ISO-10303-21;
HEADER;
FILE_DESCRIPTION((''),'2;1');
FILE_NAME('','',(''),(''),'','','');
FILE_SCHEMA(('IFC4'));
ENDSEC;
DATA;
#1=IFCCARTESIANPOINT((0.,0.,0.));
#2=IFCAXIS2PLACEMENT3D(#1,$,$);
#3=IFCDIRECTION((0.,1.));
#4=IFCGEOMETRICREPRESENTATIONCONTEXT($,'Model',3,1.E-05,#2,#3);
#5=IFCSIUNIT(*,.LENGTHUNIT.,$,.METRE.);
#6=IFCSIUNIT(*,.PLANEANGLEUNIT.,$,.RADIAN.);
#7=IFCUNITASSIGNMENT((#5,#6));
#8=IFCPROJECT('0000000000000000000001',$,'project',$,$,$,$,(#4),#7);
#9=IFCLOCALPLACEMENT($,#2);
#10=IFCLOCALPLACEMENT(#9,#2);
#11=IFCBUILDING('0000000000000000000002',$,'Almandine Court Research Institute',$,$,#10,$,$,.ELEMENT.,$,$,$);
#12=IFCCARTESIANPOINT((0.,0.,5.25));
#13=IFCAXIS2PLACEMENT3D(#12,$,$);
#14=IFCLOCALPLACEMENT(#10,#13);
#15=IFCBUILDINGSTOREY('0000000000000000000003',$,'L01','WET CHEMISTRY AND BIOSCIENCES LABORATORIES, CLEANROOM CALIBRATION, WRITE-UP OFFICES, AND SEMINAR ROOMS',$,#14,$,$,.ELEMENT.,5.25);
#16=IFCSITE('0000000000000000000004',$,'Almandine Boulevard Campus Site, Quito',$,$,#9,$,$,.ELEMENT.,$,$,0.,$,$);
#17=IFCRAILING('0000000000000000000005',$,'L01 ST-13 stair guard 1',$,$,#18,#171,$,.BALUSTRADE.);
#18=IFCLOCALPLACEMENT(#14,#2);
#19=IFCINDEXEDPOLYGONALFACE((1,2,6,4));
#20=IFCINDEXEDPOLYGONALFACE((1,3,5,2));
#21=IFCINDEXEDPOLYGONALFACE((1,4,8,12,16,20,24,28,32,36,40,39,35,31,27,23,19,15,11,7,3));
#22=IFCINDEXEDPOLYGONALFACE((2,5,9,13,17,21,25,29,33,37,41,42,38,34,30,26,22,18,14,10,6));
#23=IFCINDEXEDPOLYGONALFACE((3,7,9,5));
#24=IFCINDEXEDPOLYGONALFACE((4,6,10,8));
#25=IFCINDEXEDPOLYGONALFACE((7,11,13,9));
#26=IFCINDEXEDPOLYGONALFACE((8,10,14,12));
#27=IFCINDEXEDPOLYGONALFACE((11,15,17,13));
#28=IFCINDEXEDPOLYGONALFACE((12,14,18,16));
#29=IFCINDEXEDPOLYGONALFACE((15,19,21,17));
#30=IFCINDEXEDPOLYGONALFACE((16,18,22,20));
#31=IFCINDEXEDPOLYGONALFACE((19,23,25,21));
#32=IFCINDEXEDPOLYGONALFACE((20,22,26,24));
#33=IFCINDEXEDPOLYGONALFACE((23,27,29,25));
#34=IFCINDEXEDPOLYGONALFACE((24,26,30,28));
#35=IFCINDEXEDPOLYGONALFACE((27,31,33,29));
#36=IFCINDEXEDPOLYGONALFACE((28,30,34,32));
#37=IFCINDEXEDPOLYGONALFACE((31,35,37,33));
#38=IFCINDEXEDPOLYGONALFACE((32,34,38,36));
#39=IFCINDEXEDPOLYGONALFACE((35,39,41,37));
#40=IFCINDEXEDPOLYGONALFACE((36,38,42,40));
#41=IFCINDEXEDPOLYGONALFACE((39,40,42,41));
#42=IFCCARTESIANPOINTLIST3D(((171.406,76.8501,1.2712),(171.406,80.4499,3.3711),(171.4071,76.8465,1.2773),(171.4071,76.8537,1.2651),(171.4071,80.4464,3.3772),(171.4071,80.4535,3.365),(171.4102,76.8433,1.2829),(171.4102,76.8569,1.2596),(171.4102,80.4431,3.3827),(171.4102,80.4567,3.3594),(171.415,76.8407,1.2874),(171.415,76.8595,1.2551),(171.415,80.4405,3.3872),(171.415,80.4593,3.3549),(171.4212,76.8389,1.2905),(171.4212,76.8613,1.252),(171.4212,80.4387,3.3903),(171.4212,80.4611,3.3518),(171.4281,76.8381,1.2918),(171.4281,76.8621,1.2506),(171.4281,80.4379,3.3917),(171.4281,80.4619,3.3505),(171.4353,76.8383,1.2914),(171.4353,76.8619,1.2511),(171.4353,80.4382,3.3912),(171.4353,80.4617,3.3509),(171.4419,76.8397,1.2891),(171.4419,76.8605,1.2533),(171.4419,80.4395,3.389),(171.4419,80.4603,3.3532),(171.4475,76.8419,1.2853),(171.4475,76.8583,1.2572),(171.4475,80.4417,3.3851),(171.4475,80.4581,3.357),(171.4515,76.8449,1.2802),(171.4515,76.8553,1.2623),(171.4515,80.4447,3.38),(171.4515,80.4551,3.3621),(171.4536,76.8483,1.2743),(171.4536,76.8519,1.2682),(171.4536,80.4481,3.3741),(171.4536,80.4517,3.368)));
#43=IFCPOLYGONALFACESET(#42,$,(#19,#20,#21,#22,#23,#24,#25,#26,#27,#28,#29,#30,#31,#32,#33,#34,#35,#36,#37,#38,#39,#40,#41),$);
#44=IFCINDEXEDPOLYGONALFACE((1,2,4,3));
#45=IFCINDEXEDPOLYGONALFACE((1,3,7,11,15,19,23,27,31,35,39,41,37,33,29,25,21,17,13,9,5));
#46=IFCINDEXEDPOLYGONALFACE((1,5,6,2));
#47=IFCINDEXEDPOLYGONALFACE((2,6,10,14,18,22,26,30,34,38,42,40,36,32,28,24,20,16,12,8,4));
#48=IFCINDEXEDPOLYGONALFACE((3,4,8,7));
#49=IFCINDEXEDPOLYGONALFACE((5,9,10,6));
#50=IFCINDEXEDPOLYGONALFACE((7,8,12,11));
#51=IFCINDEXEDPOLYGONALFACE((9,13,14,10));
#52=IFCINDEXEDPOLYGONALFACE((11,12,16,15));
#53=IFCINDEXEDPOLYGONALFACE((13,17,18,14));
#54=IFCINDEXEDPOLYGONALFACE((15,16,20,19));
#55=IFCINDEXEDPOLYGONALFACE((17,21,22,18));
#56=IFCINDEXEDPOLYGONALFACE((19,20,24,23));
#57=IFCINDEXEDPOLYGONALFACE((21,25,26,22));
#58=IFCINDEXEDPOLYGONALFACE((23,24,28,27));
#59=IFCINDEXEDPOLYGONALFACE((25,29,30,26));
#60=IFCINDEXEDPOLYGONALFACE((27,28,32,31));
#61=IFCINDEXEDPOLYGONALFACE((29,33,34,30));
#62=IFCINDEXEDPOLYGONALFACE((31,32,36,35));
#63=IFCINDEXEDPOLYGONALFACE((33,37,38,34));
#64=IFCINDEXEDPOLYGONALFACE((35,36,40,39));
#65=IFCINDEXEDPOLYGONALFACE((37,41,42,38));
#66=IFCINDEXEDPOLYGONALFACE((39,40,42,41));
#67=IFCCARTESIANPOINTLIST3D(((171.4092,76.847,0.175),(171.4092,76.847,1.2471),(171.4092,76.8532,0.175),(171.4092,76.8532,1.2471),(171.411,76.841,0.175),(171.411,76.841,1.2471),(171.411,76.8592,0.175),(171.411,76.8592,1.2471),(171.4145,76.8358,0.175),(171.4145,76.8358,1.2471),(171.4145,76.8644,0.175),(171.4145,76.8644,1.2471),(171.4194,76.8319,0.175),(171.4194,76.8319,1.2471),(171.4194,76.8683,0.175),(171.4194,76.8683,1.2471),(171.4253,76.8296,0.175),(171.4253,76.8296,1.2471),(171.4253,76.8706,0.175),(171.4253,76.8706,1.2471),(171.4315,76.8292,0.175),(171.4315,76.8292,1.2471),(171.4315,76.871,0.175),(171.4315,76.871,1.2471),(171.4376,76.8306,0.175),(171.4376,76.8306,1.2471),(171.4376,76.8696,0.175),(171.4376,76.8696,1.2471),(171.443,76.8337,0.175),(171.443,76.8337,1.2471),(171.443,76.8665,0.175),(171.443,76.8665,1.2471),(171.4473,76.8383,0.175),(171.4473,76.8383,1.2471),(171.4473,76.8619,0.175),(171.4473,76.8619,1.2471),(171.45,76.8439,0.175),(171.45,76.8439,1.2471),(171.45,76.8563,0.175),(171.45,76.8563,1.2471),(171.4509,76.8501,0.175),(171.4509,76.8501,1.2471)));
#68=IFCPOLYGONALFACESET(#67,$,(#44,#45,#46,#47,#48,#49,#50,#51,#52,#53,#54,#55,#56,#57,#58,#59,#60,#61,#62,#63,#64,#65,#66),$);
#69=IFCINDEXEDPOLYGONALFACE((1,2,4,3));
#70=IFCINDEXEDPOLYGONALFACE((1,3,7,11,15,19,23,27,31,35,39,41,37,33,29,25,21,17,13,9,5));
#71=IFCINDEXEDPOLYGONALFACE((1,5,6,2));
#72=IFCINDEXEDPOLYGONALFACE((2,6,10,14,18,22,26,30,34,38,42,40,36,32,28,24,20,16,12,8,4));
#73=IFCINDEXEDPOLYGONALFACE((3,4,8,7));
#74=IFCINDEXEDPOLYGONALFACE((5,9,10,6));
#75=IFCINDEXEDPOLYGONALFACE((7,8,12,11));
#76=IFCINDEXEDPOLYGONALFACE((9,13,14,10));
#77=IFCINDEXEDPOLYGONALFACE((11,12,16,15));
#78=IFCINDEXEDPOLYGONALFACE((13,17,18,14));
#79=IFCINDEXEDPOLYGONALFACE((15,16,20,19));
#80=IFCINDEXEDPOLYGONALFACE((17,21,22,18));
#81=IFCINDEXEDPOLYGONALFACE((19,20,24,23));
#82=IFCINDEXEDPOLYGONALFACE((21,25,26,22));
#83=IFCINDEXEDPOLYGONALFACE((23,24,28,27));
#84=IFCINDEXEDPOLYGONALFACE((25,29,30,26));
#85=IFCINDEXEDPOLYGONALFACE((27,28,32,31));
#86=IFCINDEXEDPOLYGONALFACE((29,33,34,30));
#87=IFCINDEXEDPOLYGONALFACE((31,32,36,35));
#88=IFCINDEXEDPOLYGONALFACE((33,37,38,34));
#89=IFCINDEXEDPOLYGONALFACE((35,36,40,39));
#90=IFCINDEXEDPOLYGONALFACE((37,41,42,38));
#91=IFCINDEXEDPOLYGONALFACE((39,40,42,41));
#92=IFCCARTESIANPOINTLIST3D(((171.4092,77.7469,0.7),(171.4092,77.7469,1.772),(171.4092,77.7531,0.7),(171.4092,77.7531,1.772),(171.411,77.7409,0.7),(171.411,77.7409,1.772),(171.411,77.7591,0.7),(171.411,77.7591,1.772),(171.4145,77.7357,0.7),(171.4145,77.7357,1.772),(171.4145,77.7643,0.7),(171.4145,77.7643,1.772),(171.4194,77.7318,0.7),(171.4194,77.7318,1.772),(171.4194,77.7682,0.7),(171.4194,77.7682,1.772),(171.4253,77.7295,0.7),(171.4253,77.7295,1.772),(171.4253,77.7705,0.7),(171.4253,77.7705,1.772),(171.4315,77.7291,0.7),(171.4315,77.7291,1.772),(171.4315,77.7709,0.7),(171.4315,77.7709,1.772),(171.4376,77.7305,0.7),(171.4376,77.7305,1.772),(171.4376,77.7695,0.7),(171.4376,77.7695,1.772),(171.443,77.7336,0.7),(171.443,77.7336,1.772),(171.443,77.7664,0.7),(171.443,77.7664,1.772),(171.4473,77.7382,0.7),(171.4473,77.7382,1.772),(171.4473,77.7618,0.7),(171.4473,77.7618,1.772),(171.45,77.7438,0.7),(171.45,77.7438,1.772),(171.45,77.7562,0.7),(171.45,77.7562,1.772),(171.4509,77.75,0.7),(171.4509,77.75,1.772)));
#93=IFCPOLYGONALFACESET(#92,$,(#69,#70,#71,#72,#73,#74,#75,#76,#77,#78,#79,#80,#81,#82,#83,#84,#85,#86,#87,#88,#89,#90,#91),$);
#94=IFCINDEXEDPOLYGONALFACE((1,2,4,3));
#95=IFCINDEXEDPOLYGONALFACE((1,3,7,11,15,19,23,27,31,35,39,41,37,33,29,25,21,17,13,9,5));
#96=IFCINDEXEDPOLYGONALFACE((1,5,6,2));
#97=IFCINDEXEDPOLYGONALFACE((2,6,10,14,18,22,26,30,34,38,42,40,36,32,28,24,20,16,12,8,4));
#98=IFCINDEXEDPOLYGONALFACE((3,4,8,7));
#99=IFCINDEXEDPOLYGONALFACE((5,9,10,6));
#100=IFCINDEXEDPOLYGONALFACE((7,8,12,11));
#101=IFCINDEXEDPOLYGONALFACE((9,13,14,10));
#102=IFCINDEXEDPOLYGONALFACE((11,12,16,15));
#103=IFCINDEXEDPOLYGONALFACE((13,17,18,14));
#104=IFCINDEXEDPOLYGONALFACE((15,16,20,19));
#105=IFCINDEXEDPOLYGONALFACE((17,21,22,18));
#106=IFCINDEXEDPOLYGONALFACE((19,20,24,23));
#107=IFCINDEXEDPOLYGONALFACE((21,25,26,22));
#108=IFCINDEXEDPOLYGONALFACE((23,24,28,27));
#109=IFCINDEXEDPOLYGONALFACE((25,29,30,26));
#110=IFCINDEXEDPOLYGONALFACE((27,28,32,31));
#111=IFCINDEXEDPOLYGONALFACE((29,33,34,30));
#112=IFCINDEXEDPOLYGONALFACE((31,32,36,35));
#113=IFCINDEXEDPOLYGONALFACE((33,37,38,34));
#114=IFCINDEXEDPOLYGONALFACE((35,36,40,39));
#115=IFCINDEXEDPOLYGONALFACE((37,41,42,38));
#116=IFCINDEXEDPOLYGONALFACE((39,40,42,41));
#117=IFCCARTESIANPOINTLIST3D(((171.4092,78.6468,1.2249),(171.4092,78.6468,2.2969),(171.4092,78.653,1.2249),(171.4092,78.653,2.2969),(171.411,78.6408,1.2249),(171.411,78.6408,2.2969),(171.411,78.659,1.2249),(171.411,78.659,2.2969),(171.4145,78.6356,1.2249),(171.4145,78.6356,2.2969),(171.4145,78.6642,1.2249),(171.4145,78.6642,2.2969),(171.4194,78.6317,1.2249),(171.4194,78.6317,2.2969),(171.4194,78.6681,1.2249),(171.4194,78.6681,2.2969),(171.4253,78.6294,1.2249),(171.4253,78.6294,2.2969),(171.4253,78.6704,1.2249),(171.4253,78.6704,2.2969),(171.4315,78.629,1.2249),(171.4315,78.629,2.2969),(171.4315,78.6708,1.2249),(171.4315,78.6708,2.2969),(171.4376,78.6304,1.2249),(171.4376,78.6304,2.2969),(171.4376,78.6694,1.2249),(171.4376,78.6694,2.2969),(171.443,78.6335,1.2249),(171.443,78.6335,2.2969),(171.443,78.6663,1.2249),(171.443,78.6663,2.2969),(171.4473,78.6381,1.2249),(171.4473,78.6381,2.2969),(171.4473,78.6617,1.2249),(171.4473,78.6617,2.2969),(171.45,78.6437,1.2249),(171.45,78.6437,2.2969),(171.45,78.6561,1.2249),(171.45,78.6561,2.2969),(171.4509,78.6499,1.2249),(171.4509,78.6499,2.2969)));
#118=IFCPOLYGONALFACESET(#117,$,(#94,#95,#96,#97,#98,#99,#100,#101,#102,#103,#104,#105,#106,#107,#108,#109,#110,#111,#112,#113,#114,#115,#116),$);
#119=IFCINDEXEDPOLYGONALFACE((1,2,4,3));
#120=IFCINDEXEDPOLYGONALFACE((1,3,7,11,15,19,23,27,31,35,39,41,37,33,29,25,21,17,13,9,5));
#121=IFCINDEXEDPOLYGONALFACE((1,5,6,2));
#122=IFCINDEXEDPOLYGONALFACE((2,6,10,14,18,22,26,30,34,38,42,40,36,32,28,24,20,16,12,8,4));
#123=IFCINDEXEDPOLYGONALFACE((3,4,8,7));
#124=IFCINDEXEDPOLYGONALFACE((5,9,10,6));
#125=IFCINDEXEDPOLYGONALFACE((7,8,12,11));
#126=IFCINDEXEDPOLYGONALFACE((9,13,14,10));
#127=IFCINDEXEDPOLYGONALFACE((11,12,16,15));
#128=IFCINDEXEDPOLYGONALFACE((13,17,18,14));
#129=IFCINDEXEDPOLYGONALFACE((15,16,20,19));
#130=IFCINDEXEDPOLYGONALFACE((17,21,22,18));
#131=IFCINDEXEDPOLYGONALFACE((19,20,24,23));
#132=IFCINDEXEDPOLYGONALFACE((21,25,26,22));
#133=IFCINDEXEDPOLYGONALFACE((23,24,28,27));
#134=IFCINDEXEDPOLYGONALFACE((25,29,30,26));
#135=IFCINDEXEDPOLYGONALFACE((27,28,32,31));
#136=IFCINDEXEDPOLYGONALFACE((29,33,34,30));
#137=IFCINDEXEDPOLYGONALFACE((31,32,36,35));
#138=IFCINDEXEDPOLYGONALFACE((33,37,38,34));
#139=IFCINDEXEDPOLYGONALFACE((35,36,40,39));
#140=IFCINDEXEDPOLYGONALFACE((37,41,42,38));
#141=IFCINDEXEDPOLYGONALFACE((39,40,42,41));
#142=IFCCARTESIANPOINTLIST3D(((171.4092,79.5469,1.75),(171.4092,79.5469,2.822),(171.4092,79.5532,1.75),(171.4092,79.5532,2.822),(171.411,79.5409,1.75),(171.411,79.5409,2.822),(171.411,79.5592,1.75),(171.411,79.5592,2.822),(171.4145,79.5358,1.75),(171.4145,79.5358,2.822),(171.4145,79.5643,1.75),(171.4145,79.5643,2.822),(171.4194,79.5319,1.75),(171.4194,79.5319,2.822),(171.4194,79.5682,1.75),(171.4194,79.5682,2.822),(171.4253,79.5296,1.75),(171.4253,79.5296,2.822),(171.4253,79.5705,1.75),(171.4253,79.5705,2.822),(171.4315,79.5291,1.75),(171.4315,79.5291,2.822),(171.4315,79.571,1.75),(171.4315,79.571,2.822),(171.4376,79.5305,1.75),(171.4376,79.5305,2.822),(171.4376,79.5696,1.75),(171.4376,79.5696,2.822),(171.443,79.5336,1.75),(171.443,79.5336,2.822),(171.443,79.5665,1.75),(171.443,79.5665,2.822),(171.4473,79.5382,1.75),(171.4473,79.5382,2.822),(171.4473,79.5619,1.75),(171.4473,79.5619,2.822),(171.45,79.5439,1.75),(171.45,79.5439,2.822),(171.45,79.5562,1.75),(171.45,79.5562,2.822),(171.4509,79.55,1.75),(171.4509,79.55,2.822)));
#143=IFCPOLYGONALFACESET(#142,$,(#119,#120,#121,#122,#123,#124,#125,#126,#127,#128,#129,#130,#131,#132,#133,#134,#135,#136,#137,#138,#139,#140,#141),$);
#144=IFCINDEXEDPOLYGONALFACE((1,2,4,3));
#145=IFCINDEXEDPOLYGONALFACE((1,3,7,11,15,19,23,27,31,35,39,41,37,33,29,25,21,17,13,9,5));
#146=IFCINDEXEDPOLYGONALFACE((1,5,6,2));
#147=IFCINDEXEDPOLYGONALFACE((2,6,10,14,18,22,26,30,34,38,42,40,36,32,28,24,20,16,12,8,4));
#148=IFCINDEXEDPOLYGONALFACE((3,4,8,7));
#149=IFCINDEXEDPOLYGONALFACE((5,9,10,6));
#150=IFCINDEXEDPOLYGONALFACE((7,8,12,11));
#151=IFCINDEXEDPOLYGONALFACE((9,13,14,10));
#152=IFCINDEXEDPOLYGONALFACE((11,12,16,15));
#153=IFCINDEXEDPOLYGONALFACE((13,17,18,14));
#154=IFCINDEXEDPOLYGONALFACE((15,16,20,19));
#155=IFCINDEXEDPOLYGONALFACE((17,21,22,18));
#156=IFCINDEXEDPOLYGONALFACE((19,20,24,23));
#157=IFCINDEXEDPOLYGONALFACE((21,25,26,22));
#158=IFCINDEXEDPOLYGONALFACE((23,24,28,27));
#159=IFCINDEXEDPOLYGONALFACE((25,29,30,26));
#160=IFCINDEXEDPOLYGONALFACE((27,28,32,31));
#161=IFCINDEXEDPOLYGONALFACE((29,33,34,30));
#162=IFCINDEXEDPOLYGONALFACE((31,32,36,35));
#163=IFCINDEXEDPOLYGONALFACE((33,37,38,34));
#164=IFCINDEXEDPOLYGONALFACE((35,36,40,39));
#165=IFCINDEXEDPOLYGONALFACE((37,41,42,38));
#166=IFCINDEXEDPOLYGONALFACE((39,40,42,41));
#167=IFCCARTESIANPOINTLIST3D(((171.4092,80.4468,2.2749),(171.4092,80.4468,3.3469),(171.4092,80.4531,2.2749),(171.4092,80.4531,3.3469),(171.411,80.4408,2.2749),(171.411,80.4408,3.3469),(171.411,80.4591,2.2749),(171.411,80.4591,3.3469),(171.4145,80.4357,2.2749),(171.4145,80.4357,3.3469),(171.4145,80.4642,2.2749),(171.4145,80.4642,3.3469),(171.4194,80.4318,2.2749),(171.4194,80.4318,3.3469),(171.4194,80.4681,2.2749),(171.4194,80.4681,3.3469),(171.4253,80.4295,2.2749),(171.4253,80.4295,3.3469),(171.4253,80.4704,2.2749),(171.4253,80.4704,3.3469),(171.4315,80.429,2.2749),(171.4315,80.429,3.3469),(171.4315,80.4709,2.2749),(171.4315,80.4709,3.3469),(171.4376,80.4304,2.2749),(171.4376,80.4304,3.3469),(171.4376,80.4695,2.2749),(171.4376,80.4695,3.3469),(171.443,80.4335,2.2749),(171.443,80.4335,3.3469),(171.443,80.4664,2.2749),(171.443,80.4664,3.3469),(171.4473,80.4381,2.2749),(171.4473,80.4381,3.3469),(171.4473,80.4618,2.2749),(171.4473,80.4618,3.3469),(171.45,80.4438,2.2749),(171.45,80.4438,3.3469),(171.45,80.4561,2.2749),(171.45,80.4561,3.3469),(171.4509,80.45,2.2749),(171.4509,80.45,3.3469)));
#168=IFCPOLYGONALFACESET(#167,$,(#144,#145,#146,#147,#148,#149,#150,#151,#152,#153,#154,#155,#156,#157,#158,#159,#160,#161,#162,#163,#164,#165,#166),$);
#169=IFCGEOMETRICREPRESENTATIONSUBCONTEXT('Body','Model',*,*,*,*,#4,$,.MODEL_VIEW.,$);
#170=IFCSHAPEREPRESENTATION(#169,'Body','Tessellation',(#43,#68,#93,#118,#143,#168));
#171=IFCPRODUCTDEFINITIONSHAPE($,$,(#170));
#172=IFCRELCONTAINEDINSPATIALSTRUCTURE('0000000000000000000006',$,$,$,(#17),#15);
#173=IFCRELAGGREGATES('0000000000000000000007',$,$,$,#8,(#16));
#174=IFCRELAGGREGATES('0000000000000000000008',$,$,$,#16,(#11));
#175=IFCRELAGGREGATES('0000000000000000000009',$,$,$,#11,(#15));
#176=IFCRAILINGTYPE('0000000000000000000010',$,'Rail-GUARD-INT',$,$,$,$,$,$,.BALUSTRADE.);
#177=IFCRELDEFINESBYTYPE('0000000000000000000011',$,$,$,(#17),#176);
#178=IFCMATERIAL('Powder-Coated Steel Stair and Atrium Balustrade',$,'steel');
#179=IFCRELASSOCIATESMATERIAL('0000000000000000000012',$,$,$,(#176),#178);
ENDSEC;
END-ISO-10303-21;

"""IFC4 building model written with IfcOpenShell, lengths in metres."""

from ifc_helpers import new_model, si_unit, direction, frame, origin, origin_2d, place, context, subcontext, project, spatial, circle, extrude, material, type_object, element, save


model = new_model("IFC4")

# Units and contexts
model_context = context("Model", 3, precision=1e-05, world=origin(), true_north=direction((0.0, 1.0)))
body_context = subcontext(model_context, "Body", "Model", "MODEL_VIEW")
ifc_project = project(units=[si_unit("LENGTHUNIT", "METRE"), si_unit("PLANEANGLEUNIT", "RADIAN")], contexts=[model_context])

# Site, building, storey
site_placement = place(None, origin())
site = spatial("IfcSite", under=ifc_project, at=site_placement, Name="Almandine Boulevard Campus Site, Quito", CompositionType="ELEMENT", RefElevation=0.0)
building_placement = place(site_placement, origin())
building = spatial("IfcBuilding", under=site, at=building_placement, Name="Almandine Court Research Institute", CompositionType="ELEMENT")
storey_placement = place(building_placement, frame((0.0, 0.0, 5.25)))
storey = spatial("IfcBuildingStorey", under=building, at=storey_placement, Name="L01", Description="WET CHEMISTRY AND BIOSCIENCES LABORATORIES, CLEANROOM CALIBRATION, WRITE-UP OFFICES, AND SEMINAR ROOMS", CompositionType="ELEMENT", Elevation=5.25)

# Railing
ifc_material_1 = material(Name="Powder-Coated Steel Stair and Atrium Balustrade", Category="steel")
railing_type_1 = type_object("IfcRailingType", Name="Rail-GUARD-INT", PredefinedType="BALUSTRADE", material=ifc_material_1)
railing_1_placement = place(storey_placement, frame((171.4299, 76.8501, 0.175)))
element("IfcRailing", 1, at=railing_1_placement, inside=storey, type_object=railing_type_1, Name="L01 ST-13 stair guard 1", PredefinedType="BALUSTRADE", context=body_context, shape_type="SweptSolid", body=[
    extrude(circle(Radius=0.0239, at=origin_2d()), frame((0.0, 0.0, 1.0962), z_axis=(0.0, 0.863785, 0.50386), x_axis=(-1.0, 0.0, 0.0)), (0.0, 0.0, 1.0), 4.1675),
    extrude(circle(Radius=0.021, at=origin_2d()), origin(), (0.0, 0.0, 1.0), 1.072),
    extrude(circle(Radius=0.021, at=origin_2d()), frame((0.0, 0.8999, 0.5249)), (0.0, 0.0, 1.0), 1.072),
    extrude(circle(Radius=0.021, at=origin_2d()), frame((0.0, 1.7998, 1.0498)), (0.0, 0.0, 1.0), 1.072),
    extrude(circle(Radius=0.021, at=origin_2d()), frame((0.0, 2.7, 1.575)), (0.0, 0.0, 1.0), 1.072),
    extrude(circle(Radius=0.021, at=origin_2d()), frame((0.0, 3.5999, 2.0999)), (0.0, 0.0, 1.0), 1.072),
])

save(model, "model.ifc")
